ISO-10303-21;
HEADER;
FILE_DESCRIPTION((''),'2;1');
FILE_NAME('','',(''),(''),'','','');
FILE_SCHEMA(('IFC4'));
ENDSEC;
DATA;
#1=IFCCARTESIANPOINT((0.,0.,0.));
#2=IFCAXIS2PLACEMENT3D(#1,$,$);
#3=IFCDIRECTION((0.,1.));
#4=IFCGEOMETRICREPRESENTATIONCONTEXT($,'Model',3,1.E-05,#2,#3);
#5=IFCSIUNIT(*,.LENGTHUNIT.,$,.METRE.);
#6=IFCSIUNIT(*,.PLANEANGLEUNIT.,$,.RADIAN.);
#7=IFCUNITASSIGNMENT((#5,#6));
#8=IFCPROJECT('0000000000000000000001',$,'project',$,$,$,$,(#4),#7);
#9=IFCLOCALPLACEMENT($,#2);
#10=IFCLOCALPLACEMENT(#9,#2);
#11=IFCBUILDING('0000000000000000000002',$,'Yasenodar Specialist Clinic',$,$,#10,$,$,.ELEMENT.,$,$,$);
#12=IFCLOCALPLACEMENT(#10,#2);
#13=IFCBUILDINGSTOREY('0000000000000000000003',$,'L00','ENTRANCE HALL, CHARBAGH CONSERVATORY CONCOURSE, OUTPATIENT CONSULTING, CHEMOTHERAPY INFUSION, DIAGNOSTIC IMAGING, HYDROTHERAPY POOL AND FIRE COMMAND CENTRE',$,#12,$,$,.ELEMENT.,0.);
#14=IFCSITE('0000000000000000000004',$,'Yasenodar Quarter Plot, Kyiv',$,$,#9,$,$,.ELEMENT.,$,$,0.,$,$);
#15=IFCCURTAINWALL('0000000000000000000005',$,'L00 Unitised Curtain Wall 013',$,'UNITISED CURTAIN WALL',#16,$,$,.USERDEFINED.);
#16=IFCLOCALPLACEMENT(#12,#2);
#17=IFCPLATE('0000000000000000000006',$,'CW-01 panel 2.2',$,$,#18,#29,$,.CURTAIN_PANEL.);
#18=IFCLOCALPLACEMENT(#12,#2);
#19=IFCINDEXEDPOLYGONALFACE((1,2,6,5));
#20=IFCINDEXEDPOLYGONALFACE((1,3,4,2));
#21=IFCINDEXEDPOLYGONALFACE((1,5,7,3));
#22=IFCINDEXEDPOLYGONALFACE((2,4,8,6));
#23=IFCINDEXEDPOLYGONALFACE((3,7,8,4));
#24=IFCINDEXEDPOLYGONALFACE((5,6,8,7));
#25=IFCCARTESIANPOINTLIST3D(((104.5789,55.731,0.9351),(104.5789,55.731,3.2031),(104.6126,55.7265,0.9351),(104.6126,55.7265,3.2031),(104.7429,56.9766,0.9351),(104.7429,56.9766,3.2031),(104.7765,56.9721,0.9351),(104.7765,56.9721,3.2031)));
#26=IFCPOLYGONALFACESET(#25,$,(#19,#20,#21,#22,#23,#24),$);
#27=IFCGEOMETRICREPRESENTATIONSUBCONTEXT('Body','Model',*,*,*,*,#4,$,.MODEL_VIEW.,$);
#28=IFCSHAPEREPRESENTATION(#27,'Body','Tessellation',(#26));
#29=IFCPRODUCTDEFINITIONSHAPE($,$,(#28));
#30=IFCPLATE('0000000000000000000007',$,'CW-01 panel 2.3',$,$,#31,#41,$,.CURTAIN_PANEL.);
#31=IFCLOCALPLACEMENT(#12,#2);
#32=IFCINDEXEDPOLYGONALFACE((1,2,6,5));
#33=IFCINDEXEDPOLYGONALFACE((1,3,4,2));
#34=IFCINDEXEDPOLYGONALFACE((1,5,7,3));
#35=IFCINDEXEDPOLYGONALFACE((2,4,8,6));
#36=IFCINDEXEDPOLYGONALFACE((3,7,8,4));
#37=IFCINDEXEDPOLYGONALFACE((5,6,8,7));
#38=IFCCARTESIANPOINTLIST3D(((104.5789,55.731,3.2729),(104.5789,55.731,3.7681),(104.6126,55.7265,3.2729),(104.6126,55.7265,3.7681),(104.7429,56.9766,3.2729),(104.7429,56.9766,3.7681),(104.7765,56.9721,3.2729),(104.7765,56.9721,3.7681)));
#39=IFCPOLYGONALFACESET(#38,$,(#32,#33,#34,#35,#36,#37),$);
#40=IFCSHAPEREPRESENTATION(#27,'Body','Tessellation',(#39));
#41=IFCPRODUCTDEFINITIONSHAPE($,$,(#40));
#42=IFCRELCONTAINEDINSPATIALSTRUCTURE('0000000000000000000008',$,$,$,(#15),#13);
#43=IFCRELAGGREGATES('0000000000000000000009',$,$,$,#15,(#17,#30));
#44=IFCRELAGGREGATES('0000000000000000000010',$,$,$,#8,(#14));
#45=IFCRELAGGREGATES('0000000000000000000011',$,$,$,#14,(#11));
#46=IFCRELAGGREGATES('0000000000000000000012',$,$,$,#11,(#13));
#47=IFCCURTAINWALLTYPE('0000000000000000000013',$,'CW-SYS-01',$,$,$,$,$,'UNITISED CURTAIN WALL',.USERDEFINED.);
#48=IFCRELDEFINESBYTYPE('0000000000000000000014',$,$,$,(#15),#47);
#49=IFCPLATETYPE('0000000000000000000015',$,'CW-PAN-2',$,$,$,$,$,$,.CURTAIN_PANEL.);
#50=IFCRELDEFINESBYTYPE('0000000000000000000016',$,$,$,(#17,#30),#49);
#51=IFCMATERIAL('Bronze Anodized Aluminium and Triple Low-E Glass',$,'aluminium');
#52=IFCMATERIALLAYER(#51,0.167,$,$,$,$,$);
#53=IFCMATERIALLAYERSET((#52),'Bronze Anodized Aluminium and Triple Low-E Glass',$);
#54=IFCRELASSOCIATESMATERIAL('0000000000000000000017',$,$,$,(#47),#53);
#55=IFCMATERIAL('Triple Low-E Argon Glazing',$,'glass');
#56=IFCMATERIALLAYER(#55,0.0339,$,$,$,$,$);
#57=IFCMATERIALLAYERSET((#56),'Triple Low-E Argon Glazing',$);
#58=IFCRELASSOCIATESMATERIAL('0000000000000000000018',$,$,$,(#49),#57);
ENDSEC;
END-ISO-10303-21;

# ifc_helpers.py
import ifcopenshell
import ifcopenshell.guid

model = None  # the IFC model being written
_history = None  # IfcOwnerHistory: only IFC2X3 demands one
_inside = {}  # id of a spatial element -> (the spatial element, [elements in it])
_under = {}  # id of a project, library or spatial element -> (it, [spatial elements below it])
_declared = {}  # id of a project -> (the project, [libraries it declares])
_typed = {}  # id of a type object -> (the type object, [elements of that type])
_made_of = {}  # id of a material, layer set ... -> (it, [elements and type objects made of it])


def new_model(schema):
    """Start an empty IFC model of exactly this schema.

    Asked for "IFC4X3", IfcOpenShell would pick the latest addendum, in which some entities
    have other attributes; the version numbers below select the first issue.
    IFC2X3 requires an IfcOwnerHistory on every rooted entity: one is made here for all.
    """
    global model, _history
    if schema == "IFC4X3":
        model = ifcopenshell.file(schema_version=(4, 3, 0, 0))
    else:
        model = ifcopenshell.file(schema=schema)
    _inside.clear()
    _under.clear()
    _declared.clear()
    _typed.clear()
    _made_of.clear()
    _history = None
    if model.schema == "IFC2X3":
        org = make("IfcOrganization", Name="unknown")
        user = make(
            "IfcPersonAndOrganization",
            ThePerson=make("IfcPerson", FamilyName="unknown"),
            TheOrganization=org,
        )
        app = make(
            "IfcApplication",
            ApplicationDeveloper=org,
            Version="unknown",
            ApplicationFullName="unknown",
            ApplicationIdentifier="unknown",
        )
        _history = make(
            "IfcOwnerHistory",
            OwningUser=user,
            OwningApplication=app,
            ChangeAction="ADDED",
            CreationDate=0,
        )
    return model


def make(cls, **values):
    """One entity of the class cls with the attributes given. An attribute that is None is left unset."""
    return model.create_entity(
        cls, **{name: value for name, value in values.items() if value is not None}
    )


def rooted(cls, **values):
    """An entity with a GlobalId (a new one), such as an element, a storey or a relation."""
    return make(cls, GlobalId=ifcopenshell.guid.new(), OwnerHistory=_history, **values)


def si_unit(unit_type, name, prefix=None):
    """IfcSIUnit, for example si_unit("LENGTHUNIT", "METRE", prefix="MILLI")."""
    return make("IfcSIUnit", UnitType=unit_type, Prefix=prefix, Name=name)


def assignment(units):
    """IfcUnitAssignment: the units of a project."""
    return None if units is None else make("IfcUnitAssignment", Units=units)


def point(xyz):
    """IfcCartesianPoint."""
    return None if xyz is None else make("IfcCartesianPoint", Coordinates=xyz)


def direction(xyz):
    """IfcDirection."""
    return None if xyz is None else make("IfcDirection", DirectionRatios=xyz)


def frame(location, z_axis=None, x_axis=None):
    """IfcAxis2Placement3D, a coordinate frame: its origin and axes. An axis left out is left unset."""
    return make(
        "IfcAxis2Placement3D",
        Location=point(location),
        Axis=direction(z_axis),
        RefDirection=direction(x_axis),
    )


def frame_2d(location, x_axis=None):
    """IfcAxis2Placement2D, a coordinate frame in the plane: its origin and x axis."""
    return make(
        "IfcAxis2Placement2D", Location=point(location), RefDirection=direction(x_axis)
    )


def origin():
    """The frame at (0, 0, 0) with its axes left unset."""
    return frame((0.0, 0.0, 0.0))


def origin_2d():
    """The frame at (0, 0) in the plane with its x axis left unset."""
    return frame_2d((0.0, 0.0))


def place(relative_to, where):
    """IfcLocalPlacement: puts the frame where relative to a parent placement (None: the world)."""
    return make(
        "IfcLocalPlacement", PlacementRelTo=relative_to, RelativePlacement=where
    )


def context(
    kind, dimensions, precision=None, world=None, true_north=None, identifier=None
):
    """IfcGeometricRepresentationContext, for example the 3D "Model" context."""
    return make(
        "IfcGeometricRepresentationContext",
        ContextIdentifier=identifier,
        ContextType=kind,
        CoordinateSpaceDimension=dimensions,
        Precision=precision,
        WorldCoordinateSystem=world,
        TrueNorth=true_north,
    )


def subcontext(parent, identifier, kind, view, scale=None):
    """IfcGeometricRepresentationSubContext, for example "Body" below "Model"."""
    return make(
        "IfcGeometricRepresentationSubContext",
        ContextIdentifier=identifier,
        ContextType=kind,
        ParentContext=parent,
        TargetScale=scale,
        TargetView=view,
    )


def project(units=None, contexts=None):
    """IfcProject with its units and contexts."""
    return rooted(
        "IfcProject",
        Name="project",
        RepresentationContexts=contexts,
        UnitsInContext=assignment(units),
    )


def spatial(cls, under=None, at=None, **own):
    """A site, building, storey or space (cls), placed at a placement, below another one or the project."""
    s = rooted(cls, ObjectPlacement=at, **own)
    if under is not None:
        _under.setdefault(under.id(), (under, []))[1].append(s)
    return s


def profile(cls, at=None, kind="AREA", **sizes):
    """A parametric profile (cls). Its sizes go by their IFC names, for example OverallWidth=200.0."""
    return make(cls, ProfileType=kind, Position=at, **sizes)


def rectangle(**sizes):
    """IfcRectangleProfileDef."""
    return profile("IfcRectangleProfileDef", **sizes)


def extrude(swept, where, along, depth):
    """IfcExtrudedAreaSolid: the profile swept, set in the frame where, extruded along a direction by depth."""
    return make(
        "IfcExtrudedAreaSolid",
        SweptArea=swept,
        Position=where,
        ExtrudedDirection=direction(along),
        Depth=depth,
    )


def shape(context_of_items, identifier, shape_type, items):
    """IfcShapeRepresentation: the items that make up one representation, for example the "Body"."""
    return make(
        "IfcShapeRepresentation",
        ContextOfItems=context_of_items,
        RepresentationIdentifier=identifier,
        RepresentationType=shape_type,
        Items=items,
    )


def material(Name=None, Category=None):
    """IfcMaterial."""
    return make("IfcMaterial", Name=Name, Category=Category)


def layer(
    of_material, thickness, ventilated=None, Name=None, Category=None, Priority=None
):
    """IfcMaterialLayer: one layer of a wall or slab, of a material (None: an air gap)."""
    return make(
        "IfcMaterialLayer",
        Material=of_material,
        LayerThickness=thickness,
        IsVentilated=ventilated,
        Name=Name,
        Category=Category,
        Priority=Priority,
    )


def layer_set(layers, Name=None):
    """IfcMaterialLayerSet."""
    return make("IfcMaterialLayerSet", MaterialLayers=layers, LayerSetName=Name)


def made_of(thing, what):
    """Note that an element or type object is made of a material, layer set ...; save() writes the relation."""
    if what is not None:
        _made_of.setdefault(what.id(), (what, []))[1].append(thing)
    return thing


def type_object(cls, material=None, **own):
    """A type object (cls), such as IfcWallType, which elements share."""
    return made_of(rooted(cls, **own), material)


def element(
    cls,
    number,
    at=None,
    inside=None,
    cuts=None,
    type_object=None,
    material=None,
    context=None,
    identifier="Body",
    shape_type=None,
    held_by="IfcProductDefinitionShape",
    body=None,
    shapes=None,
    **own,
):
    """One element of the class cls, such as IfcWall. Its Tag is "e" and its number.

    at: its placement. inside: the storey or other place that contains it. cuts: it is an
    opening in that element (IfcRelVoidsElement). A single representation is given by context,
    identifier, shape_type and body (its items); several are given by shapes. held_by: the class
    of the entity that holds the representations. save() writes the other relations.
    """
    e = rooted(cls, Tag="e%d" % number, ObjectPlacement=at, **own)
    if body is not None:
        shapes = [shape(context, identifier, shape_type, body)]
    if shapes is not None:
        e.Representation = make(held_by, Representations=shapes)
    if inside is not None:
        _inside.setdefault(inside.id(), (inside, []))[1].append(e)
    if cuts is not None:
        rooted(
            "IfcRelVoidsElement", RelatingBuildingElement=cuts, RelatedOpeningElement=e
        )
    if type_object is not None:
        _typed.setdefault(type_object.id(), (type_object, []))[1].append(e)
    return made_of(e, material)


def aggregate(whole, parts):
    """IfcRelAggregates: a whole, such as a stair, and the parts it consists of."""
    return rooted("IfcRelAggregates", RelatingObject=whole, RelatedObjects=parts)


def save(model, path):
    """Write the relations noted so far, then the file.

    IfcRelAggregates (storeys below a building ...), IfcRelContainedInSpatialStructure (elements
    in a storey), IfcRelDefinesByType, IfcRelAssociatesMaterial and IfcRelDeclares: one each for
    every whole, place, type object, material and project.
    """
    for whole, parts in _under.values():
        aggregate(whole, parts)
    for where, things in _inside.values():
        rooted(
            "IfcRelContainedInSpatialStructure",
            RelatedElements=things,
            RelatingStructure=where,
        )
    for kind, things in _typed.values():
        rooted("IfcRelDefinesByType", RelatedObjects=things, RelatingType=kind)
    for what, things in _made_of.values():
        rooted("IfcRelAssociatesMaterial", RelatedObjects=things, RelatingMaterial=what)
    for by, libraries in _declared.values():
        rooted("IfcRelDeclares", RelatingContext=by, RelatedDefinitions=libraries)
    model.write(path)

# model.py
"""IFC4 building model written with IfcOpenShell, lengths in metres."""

from ifc_helpers import new_model, si_unit, direction, frame, origin, origin_2d, place, context, subcontext, project, spatial, rectangle, extrude, material, layer, layer_set, type_object, element, aggregate, save


model = new_model("IFC4")

# Units and contexts
model_context = context("Model", 3, precision=1e-05, world=origin(), true_north=direction((0.0, 1.0)))
body_context = subcontext(model_context, "Body", "Model", "MODEL_VIEW")
ifc_project = project(units=[si_unit("LENGTHUNIT", "METRE"), si_unit("PLANEANGLEUNIT", "RADIAN")], contexts=[model_context])

# Site, building, storey
site_placement = place(None, origin())
site = spatial("IfcSite", under=ifc_project, at=site_placement, Name="Yasenodar Quarter Plot, Kyiv", CompositionType="ELEMENT", RefElevation=0.0)
building_placement = place(site_placement, origin())
building = spatial("IfcBuilding", under=site, at=building_placement, Name="Yasenodar Specialist Clinic", CompositionType="ELEMENT")
storey_placement = place(building_placement, origin())
storey = spatial("IfcBuildingStorey", under=building, at=storey_placement, Name="L00", Description="ENTRANCE HALL, CHARBAGH CONSERVATORY CONCOURSE, OUTPATIENT CONSULTING, CHEMOTHERAPY INFUSION, DIAGNOSTIC IMAGING, HYDROTHERAPY POOL AND FIRE COMMAND CENTRE", CompositionType="ELEMENT", Elevation=0.0)

# Curtain wall, plates
ifc_material_1 = material(Name="Bronze Anodized Aluminium and Triple Low-E Glass", Category="aluminium")
ifc_layer_1 = layer(ifc_material_1, 0.167)
ifc_layer_set_1 = layer_set([ifc_layer_1], Name="Bronze Anodized Aluminium and Triple Low-E Glass")
curtain_wall_type = type_object("IfcCurtainWallType", Name="CW-SYS-01", ElementType="UNITISED CURTAIN WALL", PredefinedType="USERDEFINED", material=ifc_layer_set_1)
curtain_wall_placement = place(storey_placement, origin())
curtain_wall = element("IfcCurtainWall", 1, at=curtain_wall_placement, inside=storey, type_object=curtain_wall_type, Name="L00 Unitised Curtain Wall 013", ObjectType="UNITISED CURTAIN WALL", PredefinedType="USERDEFINED")
ifc_material_2 = material(Name="Triple Low-E Argon Glazing", Category="glass")
ifc_layer_2 = layer(ifc_material_2, 0.0339)
ifc_layer_set_2 = layer_set([ifc_layer_2], Name="Triple Low-E Argon Glazing")
plate_type = type_object("IfcPlateType", Name="CW-PAN-2", PredefinedType="CURTAIN_PANEL", material=ifc_layer_set_2)
plate_1_placement = place(storey_placement, frame((104.6777, 56.3516, 0.9351), z_axis=(0.0, 0.0, 1.0), x_axis=(-0.130512, -0.991447, 0.0)))
plate_1 = element("IfcPlate", 2, at=plate_1_placement, type_object=plate_type, Name="CW-01 panel 2.2", PredefinedType="CURTAIN_PANEL", context=body_context, shape_type="SweptSolid", body=[
    extrude(rectangle(XDim=1.2563, YDim=0.0339, at=origin_2d()), origin(), (0.0, 0.0, 1.0), 2.2681),
])
plate_2_placement = place(storey_placement, frame((104.6777, 56.3516, 3.2729), z_axis=(0.0, 0.0, 1.0), x_axis=(-0.130512, -0.991447, 0.0)))
plate_2 = element("IfcPlate", 3, at=plate_2_placement, type_object=plate_type, Name="CW-01 panel 2.3", PredefinedType="CURTAIN_PANEL", context=body_context, shape_type="SweptSolid", body=[
    extrude(rectangle(XDim=1.2563, YDim=0.0339, at=origin_2d()), origin(), (0.0, 0.0, 1.0), 0.4951),
])
aggregate(curtain_wall, [plate_1, plate_2])

save(model, "model.ifc")
